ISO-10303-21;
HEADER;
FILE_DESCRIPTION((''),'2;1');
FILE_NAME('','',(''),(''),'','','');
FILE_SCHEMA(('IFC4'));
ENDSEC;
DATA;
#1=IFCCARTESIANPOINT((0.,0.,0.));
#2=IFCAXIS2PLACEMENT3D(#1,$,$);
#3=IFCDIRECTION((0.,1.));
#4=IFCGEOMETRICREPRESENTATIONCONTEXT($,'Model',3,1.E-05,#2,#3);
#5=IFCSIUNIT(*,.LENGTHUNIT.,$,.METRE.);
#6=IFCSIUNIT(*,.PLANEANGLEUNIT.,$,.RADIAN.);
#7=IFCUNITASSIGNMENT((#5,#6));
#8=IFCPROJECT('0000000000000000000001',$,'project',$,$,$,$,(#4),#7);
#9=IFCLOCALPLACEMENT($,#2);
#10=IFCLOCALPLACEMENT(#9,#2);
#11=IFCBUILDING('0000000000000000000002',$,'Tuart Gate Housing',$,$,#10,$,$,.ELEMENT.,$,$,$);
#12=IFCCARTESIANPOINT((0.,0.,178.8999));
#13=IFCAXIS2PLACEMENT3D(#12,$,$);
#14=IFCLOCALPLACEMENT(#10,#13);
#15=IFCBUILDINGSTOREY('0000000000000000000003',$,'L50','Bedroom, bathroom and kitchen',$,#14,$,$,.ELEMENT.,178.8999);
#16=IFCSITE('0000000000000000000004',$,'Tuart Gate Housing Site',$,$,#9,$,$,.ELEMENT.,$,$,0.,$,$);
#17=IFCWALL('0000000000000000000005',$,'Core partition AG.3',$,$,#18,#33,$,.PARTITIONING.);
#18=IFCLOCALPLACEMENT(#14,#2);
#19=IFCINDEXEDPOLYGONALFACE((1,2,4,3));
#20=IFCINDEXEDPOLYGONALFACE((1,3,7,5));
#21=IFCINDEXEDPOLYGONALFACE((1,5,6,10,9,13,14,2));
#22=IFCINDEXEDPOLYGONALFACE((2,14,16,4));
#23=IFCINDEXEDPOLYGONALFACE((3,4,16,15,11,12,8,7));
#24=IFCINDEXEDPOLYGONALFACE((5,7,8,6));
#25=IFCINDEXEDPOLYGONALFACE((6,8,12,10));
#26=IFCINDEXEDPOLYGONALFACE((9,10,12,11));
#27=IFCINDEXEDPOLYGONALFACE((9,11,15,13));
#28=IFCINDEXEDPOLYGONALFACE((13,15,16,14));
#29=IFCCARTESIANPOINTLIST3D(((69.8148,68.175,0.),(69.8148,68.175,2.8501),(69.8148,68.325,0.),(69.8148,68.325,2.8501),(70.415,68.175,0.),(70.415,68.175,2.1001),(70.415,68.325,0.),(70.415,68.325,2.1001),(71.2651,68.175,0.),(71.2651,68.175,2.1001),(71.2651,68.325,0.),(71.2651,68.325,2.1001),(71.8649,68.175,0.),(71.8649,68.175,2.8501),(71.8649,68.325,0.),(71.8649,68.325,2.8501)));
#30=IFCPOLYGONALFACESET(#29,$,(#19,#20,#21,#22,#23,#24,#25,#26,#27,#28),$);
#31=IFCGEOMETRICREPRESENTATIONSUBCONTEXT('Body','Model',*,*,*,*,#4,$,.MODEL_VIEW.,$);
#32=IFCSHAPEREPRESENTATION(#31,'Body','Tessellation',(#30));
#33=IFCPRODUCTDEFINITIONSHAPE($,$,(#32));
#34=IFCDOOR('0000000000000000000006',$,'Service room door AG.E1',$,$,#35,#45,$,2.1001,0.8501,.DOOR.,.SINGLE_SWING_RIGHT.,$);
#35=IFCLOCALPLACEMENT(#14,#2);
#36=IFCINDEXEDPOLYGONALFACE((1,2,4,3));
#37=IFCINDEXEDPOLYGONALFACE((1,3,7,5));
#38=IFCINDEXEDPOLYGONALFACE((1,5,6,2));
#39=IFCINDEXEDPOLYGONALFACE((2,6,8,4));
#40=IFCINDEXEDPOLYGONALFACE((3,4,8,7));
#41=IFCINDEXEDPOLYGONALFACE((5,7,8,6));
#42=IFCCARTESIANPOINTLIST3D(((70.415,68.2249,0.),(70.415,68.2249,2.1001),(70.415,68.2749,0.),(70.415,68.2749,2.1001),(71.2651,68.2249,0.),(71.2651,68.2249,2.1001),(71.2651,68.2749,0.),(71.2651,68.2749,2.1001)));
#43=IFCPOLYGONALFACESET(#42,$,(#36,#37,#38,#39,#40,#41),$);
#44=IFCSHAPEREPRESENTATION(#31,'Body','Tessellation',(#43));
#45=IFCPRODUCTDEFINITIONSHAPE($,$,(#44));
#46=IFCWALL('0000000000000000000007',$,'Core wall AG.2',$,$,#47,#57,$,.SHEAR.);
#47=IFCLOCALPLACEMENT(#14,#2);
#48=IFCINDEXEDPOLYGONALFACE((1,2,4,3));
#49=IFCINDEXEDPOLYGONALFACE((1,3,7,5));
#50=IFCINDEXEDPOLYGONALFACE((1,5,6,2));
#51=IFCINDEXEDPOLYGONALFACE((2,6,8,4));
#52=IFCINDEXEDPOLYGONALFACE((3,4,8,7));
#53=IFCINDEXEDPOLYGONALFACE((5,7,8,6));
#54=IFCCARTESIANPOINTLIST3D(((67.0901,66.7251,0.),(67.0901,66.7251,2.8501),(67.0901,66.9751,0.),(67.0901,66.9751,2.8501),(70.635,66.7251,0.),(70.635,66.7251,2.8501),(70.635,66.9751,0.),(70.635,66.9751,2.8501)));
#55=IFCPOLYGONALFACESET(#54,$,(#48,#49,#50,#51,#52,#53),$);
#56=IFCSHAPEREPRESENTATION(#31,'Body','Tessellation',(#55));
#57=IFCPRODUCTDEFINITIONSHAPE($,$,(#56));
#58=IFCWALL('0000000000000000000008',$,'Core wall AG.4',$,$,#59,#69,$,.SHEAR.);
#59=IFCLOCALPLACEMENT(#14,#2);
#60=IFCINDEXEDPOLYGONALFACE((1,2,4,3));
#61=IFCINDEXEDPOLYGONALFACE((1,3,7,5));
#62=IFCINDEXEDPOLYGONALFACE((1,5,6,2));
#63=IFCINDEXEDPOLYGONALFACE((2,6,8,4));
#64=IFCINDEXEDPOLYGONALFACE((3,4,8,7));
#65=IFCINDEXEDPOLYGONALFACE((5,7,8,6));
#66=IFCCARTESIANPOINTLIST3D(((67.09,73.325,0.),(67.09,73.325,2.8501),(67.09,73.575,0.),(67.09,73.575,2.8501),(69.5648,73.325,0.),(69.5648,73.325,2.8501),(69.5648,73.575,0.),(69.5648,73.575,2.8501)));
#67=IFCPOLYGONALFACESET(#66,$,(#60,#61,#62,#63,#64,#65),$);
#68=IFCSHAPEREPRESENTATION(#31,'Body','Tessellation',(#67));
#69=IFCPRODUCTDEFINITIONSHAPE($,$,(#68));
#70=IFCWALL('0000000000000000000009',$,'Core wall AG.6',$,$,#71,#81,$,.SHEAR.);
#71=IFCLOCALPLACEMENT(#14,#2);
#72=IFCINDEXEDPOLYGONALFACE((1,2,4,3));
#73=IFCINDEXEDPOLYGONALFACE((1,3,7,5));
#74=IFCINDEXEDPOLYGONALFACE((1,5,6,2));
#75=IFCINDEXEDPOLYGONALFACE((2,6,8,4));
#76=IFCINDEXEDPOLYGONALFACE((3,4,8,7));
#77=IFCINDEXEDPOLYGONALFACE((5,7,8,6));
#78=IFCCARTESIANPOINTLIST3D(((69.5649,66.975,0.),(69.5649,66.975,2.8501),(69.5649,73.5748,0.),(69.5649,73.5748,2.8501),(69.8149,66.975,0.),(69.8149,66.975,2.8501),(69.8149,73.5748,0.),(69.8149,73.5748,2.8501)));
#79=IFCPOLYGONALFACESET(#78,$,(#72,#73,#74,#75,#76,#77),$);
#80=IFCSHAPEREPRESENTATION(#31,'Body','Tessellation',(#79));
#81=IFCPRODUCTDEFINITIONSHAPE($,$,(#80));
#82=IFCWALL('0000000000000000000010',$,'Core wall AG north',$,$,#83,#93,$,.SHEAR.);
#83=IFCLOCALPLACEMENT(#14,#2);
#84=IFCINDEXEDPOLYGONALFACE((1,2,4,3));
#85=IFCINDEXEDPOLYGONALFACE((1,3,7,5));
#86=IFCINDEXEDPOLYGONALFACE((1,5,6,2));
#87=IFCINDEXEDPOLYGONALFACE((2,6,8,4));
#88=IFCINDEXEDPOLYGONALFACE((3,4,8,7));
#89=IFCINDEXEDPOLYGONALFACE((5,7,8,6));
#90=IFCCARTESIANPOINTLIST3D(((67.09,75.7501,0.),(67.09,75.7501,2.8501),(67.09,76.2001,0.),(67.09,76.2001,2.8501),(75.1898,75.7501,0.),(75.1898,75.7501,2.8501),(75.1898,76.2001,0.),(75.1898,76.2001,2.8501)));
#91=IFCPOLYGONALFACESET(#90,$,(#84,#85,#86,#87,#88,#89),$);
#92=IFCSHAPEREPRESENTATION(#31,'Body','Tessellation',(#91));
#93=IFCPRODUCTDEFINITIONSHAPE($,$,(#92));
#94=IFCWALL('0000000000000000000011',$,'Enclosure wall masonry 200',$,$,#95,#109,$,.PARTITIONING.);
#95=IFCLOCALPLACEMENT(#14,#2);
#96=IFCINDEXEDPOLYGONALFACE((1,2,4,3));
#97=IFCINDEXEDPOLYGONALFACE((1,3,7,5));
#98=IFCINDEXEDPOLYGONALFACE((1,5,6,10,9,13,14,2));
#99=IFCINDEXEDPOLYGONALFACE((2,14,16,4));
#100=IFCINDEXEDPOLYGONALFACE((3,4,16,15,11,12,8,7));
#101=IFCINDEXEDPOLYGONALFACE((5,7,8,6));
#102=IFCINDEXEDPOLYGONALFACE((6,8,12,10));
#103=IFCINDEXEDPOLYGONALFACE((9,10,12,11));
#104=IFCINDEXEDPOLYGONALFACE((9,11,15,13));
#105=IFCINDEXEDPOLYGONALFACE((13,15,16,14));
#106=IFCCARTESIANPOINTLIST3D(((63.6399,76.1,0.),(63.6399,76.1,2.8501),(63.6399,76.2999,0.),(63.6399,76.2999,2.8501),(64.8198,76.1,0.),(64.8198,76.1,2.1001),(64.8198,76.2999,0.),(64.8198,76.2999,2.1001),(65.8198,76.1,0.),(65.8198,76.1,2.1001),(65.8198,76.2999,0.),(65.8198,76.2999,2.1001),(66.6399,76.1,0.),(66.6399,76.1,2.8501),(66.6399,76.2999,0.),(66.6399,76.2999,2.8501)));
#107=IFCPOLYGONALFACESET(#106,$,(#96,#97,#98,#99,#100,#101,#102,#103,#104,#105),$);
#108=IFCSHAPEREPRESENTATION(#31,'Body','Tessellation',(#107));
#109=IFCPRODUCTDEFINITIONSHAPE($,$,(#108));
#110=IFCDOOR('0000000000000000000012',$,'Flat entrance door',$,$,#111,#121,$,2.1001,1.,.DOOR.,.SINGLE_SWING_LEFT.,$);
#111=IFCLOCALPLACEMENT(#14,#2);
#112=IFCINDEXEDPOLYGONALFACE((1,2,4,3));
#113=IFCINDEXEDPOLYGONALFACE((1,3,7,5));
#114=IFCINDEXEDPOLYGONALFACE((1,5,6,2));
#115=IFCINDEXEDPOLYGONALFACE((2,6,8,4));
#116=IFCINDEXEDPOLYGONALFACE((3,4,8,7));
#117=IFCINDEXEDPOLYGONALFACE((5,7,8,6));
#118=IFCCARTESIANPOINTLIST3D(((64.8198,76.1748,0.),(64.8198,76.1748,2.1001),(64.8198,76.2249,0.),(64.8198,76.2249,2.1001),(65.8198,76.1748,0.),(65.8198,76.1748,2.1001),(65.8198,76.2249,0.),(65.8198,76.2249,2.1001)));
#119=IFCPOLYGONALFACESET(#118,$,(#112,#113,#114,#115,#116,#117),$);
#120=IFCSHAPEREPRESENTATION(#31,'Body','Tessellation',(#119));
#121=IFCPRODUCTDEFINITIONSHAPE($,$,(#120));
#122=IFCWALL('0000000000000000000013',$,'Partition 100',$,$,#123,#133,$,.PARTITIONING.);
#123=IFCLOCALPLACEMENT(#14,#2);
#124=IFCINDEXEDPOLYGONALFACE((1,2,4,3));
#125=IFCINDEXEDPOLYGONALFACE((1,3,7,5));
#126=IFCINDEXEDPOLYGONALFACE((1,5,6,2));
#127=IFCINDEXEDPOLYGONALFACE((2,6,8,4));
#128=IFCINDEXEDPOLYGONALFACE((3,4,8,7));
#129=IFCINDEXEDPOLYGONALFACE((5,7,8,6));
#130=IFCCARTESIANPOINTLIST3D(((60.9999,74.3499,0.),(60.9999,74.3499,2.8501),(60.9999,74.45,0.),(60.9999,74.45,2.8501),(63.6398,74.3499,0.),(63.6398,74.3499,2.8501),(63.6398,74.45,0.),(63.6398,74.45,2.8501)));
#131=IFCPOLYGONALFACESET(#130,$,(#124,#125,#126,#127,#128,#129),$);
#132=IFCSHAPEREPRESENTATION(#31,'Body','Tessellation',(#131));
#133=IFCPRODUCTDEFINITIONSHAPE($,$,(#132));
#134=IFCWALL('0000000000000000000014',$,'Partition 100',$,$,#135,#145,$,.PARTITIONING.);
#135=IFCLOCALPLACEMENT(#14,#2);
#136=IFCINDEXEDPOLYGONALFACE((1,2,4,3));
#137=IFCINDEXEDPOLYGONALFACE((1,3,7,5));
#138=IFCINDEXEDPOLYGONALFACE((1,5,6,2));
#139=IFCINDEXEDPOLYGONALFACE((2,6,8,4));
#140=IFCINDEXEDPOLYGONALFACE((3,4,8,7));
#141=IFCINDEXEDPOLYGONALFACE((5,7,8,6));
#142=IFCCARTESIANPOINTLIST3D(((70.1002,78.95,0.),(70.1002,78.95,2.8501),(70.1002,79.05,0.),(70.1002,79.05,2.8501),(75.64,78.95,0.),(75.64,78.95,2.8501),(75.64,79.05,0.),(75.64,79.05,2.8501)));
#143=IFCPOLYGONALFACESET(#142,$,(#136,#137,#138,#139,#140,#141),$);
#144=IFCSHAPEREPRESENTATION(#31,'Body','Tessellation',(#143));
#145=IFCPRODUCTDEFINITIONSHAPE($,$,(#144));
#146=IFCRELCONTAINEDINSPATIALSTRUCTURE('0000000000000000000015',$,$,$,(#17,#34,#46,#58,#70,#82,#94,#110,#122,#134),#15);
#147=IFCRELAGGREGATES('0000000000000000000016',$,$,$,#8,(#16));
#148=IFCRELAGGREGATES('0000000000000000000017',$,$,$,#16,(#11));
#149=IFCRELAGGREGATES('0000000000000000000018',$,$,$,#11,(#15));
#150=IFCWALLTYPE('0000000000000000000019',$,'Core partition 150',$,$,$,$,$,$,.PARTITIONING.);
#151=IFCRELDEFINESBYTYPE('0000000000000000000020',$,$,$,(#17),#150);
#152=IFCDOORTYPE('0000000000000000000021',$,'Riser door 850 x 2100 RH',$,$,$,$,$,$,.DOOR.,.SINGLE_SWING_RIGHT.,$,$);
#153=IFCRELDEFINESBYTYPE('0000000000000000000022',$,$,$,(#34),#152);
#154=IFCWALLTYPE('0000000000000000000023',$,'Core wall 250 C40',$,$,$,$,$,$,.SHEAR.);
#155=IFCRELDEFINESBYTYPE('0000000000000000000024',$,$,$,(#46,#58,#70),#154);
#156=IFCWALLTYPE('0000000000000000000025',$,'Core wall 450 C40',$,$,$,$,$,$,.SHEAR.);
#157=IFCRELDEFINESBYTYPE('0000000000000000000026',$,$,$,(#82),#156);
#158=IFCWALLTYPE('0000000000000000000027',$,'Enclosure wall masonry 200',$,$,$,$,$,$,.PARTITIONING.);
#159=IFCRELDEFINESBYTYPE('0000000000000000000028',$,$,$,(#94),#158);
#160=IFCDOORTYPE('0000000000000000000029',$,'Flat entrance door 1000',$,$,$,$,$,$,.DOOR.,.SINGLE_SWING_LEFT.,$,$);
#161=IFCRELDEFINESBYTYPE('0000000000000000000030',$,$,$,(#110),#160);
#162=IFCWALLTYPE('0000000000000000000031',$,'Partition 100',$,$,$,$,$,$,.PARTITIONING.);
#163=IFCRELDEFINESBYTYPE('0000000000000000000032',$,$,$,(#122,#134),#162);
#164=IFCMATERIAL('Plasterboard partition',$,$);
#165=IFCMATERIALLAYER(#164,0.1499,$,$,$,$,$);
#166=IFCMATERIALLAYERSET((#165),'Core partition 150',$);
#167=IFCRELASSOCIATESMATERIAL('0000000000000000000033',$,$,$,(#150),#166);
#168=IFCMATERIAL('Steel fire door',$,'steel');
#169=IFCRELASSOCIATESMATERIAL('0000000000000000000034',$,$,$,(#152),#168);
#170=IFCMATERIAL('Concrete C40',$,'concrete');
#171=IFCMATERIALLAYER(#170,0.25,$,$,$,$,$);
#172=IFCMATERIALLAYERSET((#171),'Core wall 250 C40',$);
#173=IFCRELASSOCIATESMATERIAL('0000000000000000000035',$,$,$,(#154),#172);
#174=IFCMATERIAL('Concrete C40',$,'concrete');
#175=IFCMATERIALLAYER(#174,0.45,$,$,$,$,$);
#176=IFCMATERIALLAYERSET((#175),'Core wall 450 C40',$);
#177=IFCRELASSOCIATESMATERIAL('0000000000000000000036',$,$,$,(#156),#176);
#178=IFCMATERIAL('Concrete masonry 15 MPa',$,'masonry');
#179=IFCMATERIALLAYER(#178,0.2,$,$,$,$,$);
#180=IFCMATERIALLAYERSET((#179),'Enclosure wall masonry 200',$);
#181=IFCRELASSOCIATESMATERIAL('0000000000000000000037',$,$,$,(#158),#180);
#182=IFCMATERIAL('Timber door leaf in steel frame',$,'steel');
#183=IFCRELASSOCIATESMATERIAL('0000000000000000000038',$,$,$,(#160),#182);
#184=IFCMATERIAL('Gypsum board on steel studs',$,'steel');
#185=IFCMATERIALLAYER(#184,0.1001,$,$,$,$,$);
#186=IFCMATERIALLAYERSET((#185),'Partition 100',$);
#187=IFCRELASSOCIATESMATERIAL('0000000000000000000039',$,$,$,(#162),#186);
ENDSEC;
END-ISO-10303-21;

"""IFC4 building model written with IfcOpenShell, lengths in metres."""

from ifc_helpers import new_model, si_unit, direction, frame, frame_2d, origin, place, context, subcontext, project, spatial, rectangle, extrude, material, layer, layer_set, type_object, element, fill, save


model = new_model("IFC4")

# Units and contexts
model_context = context("Model", 3, precision=1e-05, world=origin(), true_north=direction((0.0, 1.0)))
body_context = subcontext(model_context, "Body", "Model", "MODEL_VIEW")
ifc_project = project(units=[si_unit("LENGTHUNIT", "METRE"), si_unit("PLANEANGLEUNIT", "RADIAN")], contexts=[model_context])

# Site, building, storey
site_placement = place(None, origin())
site = spatial("IfcSite", under=ifc_project, at=site_placement, Name="Tuart Gate Housing Site", CompositionType="ELEMENT", RefElevation=0.0)
building_placement = place(site_placement, origin())
building = spatial("IfcBuilding", under=site, at=building_placement, Name="Tuart Gate Housing", CompositionType="ELEMENT")
storey_placement = place(building_placement, frame((0.0, 0.0, 178.8999)))
storey = spatial("IfcBuildingStorey", under=building, at=storey_placement, Name="L50", Description="Bedroom, bathroom and kitchen", CompositionType="ELEMENT", Elevation=178.8999)

# Wall, opening, door
ifc_material_1 = material(Name="Plasterboard partition")
ifc_layer_1 = layer(ifc_material_1, 0.1499)
ifc_layer_set_1 = layer_set([ifc_layer_1], Name="Core partition 150")
wall_type_1 = type_object("IfcWallType", Name="Core partition 150", PredefinedType="PARTITIONING", material=ifc_layer_set_1)
wall_1_placement = place(storey_placement, frame((69.8149, 68.25, 0.0), z_axis=(0.0, 0.0, 1.0), x_axis=(1.0, 0.0, 0.0)))
wall_1 = element("IfcWall", 1, at=wall_1_placement, inside=storey, type_object=wall_type_1, Name="Core partition AG.3", PredefinedType="PARTITIONING", context=body_context, shape_type="SweptSolid", body=[
    extrude(rectangle(XDim=2.05, YDim=0.1499, at=frame_2d((1.0249, 0.0))), origin(), (0.0, 0.0, 1.0), 2.8501),
])
opening_1_placement = place(wall_1_placement, frame((0.6001, 0.0, 0.0)))
opening_1 = element("IfcOpeningElement", 2, at=opening_1_placement, cuts=wall_1, PredefinedType="OPENING", context=body_context, shape_type="SweptSolid", body=[
    extrude(rectangle(XDim=0.8501, YDim=2.1001, at=frame_2d((0.425, 1.05))), frame((0.0, 0.085, 0.0), z_axis=(0.0, -1.0, 0.0), x_axis=(1.0, 0.0, 0.0)), (0.0, 0.0, 1.0), 0.1699),
])
ifc_material_2 = material(Name="Steel fire door", Category="steel")
door_type_1 = type_object("IfcDoorType", Name="Riser door 850 x 2100 RH", OperationType="SINGLE_SWING_RIGHT", PredefinedType="DOOR", material=ifc_material_2)
door_1_placement = place(opening_1_placement, frame((0.8501, 0.0, 0.0), z_axis=(0.0, 0.0, 1.0), x_axis=(-1.0, 0.0, 0.0)))
door_1 = element("IfcDoor", 3, at=door_1_placement, inside=storey, type_object=door_type_1, Name="Service room door AG.E1", OperationType="SINGLE_SWING_RIGHT", OverallHeight=2.1001, OverallWidth=0.8501, PredefinedType="DOOR", context=body_context, shape_type="SweptSolid", body=[
    extrude(rectangle(XDim=0.8501, YDim=2.1001, at=frame_2d((0.425, 1.05))), frame((0.0, 0.0251, 0.0), z_axis=(0.0, -1.0, 0.0), x_axis=(1.0, 0.0, 0.0)), (0.0, 0.0, 1.0), 0.05),
])
fill(opening_1, door_1)

# Walls
ifc_material_3 = material(Name="Concrete C40", Category="concrete")
ifc_layer_2 = layer(ifc_material_3, 0.25)
ifc_layer_set_2 = layer_set([ifc_layer_2], Name="Core wall 250 C40")
wall_type_2 = type_object("IfcWallType", Name="Core wall 250 C40", PredefinedType="SHEAR", material=ifc_layer_set_2)
wall_2_placement = place(storey_placement, frame((67.0901, 66.8501, 0.0), z_axis=(0.0, 0.0, 1.0), x_axis=(1.0, 0.0, 0.0)))
element("IfcWall", 4, at=wall_2_placement, inside=storey, type_object=wall_type_2, Name="Core wall AG.2", PredefinedType="SHEAR", context=body_context, shape_type="SweptSolid", body=[
    extrude(rectangle(XDim=3.5449, YDim=0.25, at=frame_2d((1.7725, 0.0))), origin(), (0.0, 0.0, 1.0), 2.8501),
])
wall_3_placement = place(storey_placement, frame((67.0901, 73.45, 0.0), z_axis=(0.0, 0.0, 1.0), x_axis=(1.0, 0.0, 0.0)))
element("IfcWall", 5, at=wall_3_placement, inside=storey, type_object=wall_type_2, Name="Core wall AG.4", PredefinedType="SHEAR", context=body_context, shape_type="SweptSolid", body=[
    extrude(rectangle(XDim=2.4749, YDim=0.25, at=frame_2d((1.2373, 0.0))), origin(), (0.0, 0.0, 1.0), 2.8501),
])
wall_4_placement = place(storey_placement, frame((69.6899, 66.9751, 0.0), z_axis=(0.0, 0.0, 1.0), x_axis=(0.0, 1.0, 0.0)))
element("IfcWall", 6, at=wall_4_placement, inside=storey, type_object=wall_type_2, Name="Core wall AG.6", PredefinedType="SHEAR", context=body_context, shape_type="SweptSolid", body=[
    extrude(rectangle(XDim=6.5999, YDim=0.25, at=frame_2d((3.2998, 0.0))), origin(), (0.0, 0.0, 1.0), 2.8501),
])
ifc_material_4 = material(Name="Concrete C40", Category="concrete")
ifc_layer_3 = layer(ifc_material_4, 0.45)
ifc_layer_set_3 = layer_set([ifc_layer_3], Name="Core wall 450 C40")
wall_type_3 = type_object("IfcWallType", Name="Core wall 450 C40", PredefinedType="SHEAR", material=ifc_layer_set_3)
wall_5_placement = place(storey_placement, frame((67.0901, 75.9751, 0.0), z_axis=(0.0, 0.0, 1.0), x_axis=(1.0, 0.0, 0.0)))
element("IfcWall", 7, at=wall_5_placement, inside=storey, type_object=wall_type_3, Name="Core wall AG north", PredefinedType="SHEAR", context=body_context, shape_type="SweptSolid", body=[
    extrude(rectangle(XDim=8.0999, YDim=0.45, at=frame_2d((4.0498, 0.0))), origin(), (0.0, 0.0, 1.0), 2.8501),
])

# Wall, opening, door
ifc_material_5 = material(Name="Concrete masonry 15 MPa", Category="masonry")
ifc_layer_4 = layer(ifc_material_5, 0.2)
ifc_layer_set_4 = layer_set([ifc_layer_4], Name="Enclosure wall masonry 200")
wall_type_4 = type_object("IfcWallType", Name="Enclosure wall masonry 200", PredefinedType="PARTITIONING", material=ifc_layer_set_4)
wall_6_placement = place(storey_placement, frame((63.6399, 76.2, 0.0), z_axis=(0.0, 0.0, 1.0), x_axis=(1.0, 0.0, 0.0)))
wall_6 = element("IfcWall", 8, at=wall_6_placement, inside=storey, type_object=wall_type_4, Name="Enclosure wall masonry 200", PredefinedType="PARTITIONING", context=body_context, shape_type="SweptSolid", body=[
    extrude(rectangle(XDim=3.0, YDim=0.2, at=frame_2d((1.5, 0.0))), origin(), (0.0, 0.0, 1.0), 2.8501),
])
opening_2_placement = place(wall_6_placement, frame((1.1799, 0.0, 0.0)))
opening_2 = element("IfcOpeningElement", 9, at=opening_2_placement, cuts=wall_6, PredefinedType="OPENING", context=body_context, shape_type="SweptSolid", body=[
    extrude(rectangle(XDim=1.0, YDim=2.1001, at=frame_2d((0.5, 1.05))), frame((0.0, 0.1099, 0.0), z_axis=(0.0, -1.0, 0.0), x_axis=(1.0, 0.0, 0.0)), (0.0, 0.0, 1.0), 0.22),
])
ifc_material_6 = material(Name="Timber door leaf in steel frame", Category="steel")
door_type_2 = type_object("IfcDoorType", Name="Flat entrance door 1000", OperationType="SINGLE_SWING_LEFT", PredefinedType="DOOR", material=ifc_material_6)
door_2_placement = place(opening_2_placement, origin())
door_2 = element("IfcDoor", 10, at=door_2_placement, inside=storey, type_object=door_type_2, Name="Flat entrance door", OperationType="SINGLE_SWING_LEFT", OverallHeight=2.1001, OverallWidth=1.0, PredefinedType="DOOR", context=body_context, shape_type="SweptSolid", body=[
    extrude(rectangle(XDim=1.0, YDim=2.1001, at=frame_2d((0.5, 1.05))), frame((0.0, 0.0249, 0.0), z_axis=(0.0, -1.0, 0.0), x_axis=(1.0, 0.0, 0.0)), (0.0, 0.0, 1.0), 0.05),
])
fill(opening_2, door_2)

# Walls
ifc_material_7 = material(Name="Gypsum board on steel studs", Category="steel")
ifc_layer_5 = layer(ifc_material_7, 0.1001)
ifc_layer_set_5 = layer_set([ifc_layer_5], Name="Partition 100")
wall_type_5 = type_object("IfcWallType", Name="Partition 100", PredefinedType="PARTITIONING", material=ifc_layer_set_5)
wall_7_placement = place(storey_placement, frame((61.0, 74.3999, 0.0), z_axis=(0.0, 0.0, 1.0), x_axis=(1.0, 0.0, 0.0)))
element("IfcWall", 11, at=wall_7_placement, inside=storey, type_object=wall_type_5, Name="Partition 100", PredefinedType="PARTITIONING", context=body_context, shape_type="SweptSolid", body=[
    extrude(rectangle(XDim=2.6399, YDim=0.1001, at=frame_2d((1.3198, 0.0))), origin(), (0.0, 0.0, 1.0), 2.8501),
])
wall_8_placement = place(storey_placement, frame((70.1001, 79.0, 0.0), z_axis=(0.0, 0.0, 1.0), x_axis=(1.0, 0.0, 0.0)))
element("IfcWall", 12, at=wall_8_placement, inside=storey, type_object=wall_type_5, Name="Partition 100", PredefinedType="PARTITIONING", context=body_context, shape_type="SweptSolid", body=[
    extrude(rectangle(XDim=5.5398, YDim=0.1001, at=frame_2d((2.77, 0.0))), origin(), (0.0, 0.0, 1.0), 2.8501),
])

save(model, "model.ifc")
